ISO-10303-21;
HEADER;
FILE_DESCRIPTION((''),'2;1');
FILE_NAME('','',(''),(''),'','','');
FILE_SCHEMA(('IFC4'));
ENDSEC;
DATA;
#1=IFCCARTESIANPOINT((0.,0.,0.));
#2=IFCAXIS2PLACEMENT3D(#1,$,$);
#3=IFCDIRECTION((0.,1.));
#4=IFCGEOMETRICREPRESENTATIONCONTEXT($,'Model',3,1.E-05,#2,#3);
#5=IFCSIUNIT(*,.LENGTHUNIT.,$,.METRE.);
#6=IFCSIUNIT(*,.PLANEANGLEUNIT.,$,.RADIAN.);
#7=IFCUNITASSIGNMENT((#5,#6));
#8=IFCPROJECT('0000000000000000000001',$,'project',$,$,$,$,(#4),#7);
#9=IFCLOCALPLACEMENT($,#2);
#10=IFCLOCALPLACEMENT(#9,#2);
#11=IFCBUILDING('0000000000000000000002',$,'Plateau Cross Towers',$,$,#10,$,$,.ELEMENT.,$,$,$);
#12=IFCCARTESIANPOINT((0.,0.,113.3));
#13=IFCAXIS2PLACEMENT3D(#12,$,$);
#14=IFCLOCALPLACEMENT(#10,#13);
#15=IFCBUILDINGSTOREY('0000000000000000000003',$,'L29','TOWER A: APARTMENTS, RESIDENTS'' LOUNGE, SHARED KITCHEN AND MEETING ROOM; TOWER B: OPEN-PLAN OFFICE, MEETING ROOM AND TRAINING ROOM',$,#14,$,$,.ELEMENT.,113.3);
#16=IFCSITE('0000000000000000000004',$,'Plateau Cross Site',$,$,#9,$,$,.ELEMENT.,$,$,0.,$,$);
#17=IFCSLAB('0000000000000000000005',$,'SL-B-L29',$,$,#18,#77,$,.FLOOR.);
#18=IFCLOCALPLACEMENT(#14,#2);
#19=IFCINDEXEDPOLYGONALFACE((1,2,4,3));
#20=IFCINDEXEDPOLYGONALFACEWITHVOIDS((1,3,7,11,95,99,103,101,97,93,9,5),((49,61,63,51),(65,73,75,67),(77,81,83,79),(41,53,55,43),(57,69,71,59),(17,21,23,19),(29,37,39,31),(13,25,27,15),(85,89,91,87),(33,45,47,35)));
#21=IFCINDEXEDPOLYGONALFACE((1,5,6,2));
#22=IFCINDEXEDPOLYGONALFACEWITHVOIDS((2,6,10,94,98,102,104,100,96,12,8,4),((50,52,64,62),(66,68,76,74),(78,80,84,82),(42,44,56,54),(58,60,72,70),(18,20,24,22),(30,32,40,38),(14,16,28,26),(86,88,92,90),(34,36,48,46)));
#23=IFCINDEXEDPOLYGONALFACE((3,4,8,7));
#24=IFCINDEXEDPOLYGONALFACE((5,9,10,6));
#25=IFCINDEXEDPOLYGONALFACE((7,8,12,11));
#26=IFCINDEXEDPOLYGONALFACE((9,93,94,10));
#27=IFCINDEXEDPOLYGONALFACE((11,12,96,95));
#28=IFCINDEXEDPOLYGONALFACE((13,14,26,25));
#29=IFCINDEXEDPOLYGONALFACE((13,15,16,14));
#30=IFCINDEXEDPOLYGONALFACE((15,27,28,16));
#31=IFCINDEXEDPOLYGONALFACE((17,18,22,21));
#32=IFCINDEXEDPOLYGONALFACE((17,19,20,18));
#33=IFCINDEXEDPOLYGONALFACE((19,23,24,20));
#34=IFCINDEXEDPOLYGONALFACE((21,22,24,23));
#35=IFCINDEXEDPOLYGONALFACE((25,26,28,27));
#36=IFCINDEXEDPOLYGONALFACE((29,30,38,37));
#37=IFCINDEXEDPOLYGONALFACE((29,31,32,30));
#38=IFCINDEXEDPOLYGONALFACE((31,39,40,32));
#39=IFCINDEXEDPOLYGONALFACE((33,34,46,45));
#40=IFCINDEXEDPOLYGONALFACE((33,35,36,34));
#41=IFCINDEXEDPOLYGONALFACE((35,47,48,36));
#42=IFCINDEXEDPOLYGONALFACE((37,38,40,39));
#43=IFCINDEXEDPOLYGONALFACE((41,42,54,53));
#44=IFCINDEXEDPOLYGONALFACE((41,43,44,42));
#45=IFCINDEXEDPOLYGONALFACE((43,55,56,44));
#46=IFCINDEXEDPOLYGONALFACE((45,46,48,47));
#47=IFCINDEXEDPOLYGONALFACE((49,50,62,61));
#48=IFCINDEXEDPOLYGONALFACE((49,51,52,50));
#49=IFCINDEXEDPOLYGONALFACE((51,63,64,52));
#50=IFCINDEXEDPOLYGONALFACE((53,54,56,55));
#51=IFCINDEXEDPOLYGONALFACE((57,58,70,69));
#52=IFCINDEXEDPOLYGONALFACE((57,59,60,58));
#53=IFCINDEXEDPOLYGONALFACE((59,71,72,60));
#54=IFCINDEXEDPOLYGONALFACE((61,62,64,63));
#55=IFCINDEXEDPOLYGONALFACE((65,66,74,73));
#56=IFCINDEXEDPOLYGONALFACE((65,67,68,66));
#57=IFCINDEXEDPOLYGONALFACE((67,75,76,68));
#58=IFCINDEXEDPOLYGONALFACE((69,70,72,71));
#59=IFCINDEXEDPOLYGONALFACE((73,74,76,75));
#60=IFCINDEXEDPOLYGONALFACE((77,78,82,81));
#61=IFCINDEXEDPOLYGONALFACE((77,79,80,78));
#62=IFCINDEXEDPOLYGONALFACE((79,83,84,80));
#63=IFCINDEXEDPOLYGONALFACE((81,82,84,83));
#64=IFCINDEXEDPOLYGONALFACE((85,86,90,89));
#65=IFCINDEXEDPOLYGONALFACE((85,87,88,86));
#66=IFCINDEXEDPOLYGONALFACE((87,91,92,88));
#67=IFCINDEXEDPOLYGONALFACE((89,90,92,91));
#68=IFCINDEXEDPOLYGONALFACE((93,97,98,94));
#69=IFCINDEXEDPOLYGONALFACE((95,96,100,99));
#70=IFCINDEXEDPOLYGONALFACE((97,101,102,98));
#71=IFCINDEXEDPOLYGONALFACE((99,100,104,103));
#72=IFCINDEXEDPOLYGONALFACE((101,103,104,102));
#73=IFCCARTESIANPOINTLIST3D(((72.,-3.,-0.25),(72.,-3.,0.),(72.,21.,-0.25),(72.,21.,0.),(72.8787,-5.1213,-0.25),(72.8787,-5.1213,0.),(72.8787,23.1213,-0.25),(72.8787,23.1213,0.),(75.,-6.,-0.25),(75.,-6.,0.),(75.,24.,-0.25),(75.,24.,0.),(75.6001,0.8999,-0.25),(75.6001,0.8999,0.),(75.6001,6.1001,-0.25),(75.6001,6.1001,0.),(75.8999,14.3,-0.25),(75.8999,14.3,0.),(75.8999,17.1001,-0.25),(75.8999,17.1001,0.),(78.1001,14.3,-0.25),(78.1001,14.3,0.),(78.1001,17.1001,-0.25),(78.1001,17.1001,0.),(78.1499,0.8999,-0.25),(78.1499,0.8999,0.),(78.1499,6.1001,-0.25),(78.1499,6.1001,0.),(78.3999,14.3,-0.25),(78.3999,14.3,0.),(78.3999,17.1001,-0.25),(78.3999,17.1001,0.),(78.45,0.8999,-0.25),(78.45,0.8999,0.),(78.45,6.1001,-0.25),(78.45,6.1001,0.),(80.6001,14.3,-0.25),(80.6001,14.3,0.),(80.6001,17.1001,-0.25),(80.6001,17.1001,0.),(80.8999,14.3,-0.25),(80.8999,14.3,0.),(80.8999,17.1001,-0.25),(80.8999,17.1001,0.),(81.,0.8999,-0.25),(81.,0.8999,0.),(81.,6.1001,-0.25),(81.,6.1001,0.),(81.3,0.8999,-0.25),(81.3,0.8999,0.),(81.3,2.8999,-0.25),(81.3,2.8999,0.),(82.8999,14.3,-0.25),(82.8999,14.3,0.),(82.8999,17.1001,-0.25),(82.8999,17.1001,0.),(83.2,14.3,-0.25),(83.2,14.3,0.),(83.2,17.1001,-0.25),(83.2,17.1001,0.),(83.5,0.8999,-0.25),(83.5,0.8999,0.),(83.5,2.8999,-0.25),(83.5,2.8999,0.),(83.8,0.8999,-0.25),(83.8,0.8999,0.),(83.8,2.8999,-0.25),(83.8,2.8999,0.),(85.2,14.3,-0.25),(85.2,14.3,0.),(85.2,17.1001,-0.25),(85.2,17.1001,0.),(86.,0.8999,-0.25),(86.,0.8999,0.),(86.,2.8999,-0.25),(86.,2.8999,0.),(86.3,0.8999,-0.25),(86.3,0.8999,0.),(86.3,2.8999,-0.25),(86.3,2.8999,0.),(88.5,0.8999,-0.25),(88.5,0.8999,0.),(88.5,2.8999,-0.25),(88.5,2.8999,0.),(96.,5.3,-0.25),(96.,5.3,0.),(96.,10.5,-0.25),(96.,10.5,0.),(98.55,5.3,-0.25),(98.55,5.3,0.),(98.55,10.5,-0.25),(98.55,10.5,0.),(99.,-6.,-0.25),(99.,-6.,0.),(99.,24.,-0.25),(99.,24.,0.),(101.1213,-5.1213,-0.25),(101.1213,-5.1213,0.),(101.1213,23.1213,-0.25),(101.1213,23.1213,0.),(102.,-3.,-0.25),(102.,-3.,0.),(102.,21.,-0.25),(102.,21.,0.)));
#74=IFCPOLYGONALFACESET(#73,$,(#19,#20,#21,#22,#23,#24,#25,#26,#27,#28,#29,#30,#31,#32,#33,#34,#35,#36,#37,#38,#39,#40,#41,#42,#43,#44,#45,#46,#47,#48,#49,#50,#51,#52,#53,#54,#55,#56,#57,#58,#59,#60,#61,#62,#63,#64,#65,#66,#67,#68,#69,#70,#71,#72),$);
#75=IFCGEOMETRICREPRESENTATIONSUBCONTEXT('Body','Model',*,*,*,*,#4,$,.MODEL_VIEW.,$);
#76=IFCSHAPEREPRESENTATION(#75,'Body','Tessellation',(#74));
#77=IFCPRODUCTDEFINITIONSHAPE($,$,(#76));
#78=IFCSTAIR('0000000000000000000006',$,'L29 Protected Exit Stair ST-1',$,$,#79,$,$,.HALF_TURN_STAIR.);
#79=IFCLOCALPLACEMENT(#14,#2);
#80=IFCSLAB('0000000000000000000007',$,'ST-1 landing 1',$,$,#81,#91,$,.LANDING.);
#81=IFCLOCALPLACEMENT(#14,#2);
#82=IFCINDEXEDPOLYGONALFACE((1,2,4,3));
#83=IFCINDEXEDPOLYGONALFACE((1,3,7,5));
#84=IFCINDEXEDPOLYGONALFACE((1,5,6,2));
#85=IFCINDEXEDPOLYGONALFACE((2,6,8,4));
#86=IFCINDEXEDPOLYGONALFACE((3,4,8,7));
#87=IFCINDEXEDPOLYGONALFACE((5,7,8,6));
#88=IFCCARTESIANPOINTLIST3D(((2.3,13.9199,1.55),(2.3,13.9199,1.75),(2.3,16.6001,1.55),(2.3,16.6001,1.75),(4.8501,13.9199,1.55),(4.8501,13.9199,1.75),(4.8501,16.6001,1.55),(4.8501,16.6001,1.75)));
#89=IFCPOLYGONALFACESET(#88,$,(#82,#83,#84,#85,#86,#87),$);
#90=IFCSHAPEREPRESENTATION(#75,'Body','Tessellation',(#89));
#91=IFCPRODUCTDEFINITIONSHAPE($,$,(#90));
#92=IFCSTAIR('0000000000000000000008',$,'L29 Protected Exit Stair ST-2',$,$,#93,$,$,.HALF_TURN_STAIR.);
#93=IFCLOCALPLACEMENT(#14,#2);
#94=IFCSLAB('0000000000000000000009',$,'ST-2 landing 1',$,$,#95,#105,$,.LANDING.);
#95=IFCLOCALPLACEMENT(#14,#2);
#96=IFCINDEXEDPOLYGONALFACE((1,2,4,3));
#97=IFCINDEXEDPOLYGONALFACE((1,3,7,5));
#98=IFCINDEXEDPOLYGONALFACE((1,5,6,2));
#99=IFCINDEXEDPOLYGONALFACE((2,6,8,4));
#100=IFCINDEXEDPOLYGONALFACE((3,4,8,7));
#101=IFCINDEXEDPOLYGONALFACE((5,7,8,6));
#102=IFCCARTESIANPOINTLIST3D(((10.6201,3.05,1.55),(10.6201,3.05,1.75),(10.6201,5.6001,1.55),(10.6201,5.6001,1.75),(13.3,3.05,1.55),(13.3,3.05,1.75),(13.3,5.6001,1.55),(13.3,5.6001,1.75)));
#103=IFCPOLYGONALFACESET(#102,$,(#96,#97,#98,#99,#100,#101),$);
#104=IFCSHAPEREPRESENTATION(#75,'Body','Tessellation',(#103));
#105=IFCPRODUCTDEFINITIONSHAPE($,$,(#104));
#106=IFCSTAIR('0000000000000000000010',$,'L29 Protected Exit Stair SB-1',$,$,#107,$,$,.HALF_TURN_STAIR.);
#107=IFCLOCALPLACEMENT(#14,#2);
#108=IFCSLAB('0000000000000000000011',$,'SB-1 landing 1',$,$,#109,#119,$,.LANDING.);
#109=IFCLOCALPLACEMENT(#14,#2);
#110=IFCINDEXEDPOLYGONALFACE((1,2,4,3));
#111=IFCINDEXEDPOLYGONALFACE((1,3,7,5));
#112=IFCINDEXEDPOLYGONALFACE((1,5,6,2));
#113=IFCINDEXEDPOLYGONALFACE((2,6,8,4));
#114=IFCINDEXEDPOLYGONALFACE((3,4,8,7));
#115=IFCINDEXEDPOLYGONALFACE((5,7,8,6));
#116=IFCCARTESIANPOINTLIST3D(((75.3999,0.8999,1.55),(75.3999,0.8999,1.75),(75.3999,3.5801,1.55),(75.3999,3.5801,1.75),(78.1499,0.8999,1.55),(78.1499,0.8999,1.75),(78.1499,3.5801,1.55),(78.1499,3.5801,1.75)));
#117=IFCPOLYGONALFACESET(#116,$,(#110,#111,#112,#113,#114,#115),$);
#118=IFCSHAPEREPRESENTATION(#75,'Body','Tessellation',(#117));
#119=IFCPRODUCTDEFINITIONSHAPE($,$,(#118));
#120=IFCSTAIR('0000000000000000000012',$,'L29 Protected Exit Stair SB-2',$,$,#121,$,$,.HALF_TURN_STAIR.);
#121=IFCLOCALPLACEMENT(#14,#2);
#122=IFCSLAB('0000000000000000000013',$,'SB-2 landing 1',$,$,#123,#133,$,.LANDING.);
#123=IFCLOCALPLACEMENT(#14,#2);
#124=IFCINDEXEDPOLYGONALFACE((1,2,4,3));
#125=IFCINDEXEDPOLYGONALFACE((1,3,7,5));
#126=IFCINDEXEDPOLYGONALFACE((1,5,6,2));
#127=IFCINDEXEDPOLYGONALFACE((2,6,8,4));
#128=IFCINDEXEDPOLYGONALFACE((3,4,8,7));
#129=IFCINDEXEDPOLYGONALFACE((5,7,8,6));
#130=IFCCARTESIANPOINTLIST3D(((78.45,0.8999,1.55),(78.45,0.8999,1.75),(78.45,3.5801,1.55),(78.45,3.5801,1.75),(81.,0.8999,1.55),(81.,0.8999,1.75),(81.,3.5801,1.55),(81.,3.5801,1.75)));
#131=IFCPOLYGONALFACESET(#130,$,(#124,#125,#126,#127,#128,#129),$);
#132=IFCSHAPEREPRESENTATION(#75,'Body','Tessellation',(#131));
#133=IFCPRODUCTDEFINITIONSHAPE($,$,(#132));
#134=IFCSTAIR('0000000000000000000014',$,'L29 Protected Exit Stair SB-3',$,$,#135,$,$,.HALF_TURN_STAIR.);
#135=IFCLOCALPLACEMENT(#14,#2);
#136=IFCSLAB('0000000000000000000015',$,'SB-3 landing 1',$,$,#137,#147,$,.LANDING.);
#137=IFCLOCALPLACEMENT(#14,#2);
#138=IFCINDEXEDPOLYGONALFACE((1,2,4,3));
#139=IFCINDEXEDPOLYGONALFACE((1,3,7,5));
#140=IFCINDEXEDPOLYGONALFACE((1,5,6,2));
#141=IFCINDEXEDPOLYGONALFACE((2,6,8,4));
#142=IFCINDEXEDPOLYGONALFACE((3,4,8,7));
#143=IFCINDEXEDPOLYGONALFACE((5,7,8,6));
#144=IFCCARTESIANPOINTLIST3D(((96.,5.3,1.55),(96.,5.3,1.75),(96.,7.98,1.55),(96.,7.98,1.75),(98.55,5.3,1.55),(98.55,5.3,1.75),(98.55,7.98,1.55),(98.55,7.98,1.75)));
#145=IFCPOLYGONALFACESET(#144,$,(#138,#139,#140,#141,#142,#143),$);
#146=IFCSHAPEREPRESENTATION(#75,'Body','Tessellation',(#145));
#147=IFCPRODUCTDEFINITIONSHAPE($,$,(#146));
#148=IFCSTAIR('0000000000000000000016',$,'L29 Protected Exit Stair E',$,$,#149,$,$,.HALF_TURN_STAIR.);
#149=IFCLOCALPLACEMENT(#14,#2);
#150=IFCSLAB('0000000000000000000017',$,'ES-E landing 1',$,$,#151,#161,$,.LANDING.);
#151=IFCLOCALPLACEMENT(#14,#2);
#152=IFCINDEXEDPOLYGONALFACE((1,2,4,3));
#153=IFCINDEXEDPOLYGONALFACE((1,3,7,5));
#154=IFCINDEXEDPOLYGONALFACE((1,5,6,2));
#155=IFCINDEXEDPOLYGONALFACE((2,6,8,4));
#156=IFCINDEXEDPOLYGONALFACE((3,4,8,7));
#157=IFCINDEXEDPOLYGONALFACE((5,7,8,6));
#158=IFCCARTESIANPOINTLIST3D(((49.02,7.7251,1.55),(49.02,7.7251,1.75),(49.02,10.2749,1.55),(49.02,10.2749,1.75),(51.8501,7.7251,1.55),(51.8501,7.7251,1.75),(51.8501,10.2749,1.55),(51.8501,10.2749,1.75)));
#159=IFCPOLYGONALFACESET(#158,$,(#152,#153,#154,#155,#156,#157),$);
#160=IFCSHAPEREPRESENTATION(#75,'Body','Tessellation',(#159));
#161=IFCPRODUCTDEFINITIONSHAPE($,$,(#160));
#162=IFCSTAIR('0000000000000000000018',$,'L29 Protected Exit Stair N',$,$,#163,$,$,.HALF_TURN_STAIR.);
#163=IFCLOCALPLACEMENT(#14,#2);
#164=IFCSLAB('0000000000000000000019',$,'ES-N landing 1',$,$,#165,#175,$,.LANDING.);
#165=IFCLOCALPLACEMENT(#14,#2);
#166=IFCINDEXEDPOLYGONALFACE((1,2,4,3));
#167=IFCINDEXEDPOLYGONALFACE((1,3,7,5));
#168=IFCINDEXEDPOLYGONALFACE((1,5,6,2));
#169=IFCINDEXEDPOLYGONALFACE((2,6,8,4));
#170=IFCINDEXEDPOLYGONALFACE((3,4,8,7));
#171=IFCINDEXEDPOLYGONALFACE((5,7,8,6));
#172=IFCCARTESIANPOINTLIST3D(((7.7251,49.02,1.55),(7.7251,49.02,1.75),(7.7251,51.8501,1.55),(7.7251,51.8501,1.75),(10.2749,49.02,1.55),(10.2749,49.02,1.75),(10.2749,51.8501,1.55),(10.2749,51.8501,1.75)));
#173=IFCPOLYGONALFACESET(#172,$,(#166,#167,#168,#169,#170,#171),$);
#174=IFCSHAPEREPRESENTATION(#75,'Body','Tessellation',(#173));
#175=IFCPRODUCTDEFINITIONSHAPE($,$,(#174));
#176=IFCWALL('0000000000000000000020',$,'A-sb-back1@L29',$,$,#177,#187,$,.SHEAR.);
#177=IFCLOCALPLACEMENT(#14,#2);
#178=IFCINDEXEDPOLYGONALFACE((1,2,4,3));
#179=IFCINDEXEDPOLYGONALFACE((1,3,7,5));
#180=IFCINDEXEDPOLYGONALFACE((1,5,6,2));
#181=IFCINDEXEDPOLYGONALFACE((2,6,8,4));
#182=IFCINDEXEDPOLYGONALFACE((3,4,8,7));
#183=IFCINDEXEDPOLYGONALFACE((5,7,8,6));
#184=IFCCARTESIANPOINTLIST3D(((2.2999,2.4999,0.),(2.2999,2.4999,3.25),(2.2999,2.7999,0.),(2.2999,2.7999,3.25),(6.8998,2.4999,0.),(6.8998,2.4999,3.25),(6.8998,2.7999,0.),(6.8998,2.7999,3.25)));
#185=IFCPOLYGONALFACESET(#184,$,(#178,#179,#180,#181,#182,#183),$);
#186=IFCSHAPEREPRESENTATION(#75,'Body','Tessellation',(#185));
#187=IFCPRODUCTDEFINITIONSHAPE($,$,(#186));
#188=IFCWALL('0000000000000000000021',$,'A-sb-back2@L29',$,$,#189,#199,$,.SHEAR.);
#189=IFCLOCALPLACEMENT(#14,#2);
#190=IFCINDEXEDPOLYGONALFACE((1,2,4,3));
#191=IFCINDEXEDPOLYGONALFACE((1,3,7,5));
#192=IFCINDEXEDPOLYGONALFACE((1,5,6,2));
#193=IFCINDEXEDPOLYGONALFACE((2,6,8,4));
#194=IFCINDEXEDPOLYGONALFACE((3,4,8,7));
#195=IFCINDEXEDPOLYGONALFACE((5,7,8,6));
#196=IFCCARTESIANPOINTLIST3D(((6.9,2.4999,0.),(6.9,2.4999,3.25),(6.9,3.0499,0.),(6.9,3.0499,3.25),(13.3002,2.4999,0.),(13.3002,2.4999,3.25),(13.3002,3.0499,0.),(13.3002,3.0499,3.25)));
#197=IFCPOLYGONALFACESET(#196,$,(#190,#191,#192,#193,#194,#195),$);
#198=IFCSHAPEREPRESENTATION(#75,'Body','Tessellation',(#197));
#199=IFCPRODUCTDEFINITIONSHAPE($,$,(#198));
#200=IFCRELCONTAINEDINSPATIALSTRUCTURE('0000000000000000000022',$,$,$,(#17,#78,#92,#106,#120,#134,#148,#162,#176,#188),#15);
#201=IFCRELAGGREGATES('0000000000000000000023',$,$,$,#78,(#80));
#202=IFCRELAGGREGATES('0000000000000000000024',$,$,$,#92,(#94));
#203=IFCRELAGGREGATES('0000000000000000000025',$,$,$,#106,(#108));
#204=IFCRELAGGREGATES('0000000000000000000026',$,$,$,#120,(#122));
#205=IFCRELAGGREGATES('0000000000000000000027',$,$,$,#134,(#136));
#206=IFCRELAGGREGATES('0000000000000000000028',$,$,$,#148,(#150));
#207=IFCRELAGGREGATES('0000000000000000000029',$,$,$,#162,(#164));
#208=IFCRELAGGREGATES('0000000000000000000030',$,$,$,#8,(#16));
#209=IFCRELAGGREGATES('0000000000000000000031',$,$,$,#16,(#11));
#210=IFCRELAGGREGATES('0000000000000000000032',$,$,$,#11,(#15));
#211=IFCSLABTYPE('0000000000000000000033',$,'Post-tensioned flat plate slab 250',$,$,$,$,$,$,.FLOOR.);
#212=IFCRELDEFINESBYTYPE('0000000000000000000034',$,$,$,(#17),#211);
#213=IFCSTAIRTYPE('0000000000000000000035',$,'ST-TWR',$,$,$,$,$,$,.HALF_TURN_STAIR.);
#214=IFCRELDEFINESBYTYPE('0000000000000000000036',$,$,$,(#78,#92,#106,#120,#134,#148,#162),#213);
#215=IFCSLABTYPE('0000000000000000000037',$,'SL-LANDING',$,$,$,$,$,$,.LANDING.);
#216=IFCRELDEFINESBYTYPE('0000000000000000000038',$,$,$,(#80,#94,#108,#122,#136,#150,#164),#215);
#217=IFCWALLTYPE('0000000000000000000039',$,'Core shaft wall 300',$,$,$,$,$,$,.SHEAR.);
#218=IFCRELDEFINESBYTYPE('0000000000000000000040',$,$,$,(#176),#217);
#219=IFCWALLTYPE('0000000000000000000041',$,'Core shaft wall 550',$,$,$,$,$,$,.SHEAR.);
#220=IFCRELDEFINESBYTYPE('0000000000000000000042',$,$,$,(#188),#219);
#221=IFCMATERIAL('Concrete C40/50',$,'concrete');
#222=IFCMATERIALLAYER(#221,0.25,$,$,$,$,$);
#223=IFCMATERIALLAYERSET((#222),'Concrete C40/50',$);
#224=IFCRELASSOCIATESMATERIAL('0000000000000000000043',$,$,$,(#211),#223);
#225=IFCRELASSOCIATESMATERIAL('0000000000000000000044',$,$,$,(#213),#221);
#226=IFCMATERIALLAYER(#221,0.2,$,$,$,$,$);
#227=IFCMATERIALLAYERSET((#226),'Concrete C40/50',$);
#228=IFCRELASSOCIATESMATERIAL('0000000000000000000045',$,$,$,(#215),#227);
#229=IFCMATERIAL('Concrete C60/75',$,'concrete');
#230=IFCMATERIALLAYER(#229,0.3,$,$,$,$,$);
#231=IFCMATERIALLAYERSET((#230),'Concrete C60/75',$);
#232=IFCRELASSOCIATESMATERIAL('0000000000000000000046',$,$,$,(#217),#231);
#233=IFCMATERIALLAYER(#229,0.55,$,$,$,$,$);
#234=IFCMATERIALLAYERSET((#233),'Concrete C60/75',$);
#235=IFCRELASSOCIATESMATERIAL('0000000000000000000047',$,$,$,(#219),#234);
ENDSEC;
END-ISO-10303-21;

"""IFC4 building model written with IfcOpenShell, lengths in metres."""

from ifc_helpers import new_model, si_unit, direction, frame, frame_2d, origin, place, context, subcontext, project, spatial, polyline, rectangle, outline, extrude, material, layer, layer_set, type_object, element, aggregate, save


model = new_model("IFC4")

# Units and contexts
model_context = context("Model", 3, precision=1e-05, world=origin(), true_north=direction((0.0, 1.0)))
body_context = subcontext(model_context, "Body", "Model", "MODEL_VIEW")
ifc_project = project(units=[si_unit("LENGTHUNIT", "METRE"), si_unit("PLANEANGLEUNIT", "RADIAN")], contexts=[model_context])

# Site, building, storey
site_placement = place(None, origin())
site = spatial("IfcSite", under=ifc_project, at=site_placement, Name="Plateau Cross Site", CompositionType="ELEMENT", RefElevation=0.0)
building_placement = place(site_placement, origin())
building = spatial("IfcBuilding", under=site, at=building_placement, Name="Plateau Cross Towers", CompositionType="ELEMENT")
storey_placement = place(building_placement, frame((0.0, 0.0, 113.3)))
storey = spatial("IfcBuildingStorey", under=building, at=storey_placement, Name="L29", Description="TOWER A: APARTMENTS, RESIDENTS' LOUNGE, SHARED KITCHEN AND MEETING ROOM; TOWER B: OPEN-PLAN OFFICE, MEETING ROOM AND TRAINING ROOM", CompositionType="ELEMENT", Elevation=113.3)

# Shared definitions
ifc_material_1 = material(Name="Concrete C60/75", Category="concrete")

# Shared definitions
ifc_material_2 = material(Name="Concrete C40/50", Category="concrete")

# Slab
ifc_layer_1 = layer(ifc_material_2, 0.25)
ifc_layer_set_1 = layer_set([ifc_layer_1], Name="Concrete C40/50")
slab_type_1 = type_object("IfcSlabType", Name="Post-tensioned flat plate slab 250", PredefinedType="FLOOR", material=ifc_layer_set_1)
slab_1_placement = place(storey_placement, frame((0.0, 0.0, -0.25)))
element("IfcSlab", 1, at=slab_1_placement, inside=storey, type_object=slab_type_1, Name="SL-B-L29", PredefinedType="FLOOR", context=body_context, shape_type="SweptSolid", body=[
    extrude(outline(polyline([(72.8787, -5.1213), (72.0, -3.0), (72.0, 21.0), (72.8787, 23.1213), (75.0, 24.0), (99.0, 24.0), (101.1213, 23.1213), (102.0, 21.0), (102.0, -3.0), (101.1213, -5.1213), (99.0, -6.0), (75.0, -6.0), (72.8787, -5.1213)]), holes=[polyline([(75.6001, 0.8999), (78.1499, 0.8999), (78.1499, 6.1001), (75.6001, 6.1001), (75.6001, 0.8999)]), polyline([(78.1001, 14.3), (78.1001, 17.1001), (75.8999, 17.1001), (75.8999, 14.3), (78.1001, 14.3)]), polyline([(83.5, 0.8999), (83.5, 2.8999), (81.3, 2.8999), (81.3, 0.8999), (83.5, 0.8999)]), polyline([(86.0, 0.8999), (86.0, 2.8999), (83.8, 2.8999), (83.8, 0.8999), (86.0, 0.8999)]), polyline([(88.5, 0.8999), (88.5, 2.8999), (86.3, 2.8999), (86.3, 0.8999), (88.5, 0.8999)]), polyline([(78.45, 0.8999), (81.0, 0.8999), (81.0, 6.1001), (78.45, 6.1001), (78.45, 0.8999)]), polyline([(96.0, 5.3), (98.55, 5.3), (98.55, 10.5), (96.0, 10.5), (96.0, 5.3)]), polyline([(80.6001, 14.3), (80.6001, 17.1001), (78.3999, 17.1001), (78.3999, 14.3), (80.6001, 14.3)]), polyline([(80.8999, 14.3), (82.8999, 14.3), (82.8999, 17.1001), (80.8999, 17.1001), (80.8999, 14.3)]), polyline([(83.2, 14.3), (85.2, 14.3), (85.2, 17.1001), (83.2, 17.1001), (83.2, 14.3)])]), origin(), (0.0, 0.0, 1.0), 0.25),
])

# Stairs, slabs
stair_type = type_object("IfcStairType", Name="ST-TWR", PredefinedType="HALF_TURN_STAIR", material=ifc_material_2)
stair_1_placement = place(storey_placement, origin())
stair_1 = element("IfcStair", 2, at=stair_1_placement, inside=storey, type_object=stair_type, Name="L29 Protected Exit Stair ST-1", PredefinedType="HALF_TURN_STAIR")
ifc_layer_2 = layer(ifc_material_2, 0.2)
ifc_layer_set_2 = layer_set([ifc_layer_2], Name="Concrete C40/50")
slab_type_2 = type_object("IfcSlabType", Name="SL-LANDING", PredefinedType="LANDING", material=ifc_layer_set_2)
slab_2_placement = place(storey_placement, frame((0.0, 0.0, 1.55)))
slab_2 = element("IfcSlab", 3, at=slab_2_placement, type_object=slab_type_2, Name="ST-1 landing 1", PredefinedType="LANDING", context=body_context, shape_type="SweptSolid", body=[
    extrude(outline(polyline([(4.8501, 13.9199), (4.8501, 16.6001), (2.3, 16.6001), (2.3, 13.9199), (4.8501, 13.9199)])), origin(), (0.0, 0.0, 1.0), 0.2),
])
aggregate(stair_1, [slab_2])
stair_2_placement = place(storey_placement, origin())
stair_2 = element("IfcStair", 4, at=stair_2_placement, inside=storey, type_object=stair_type, Name="L29 Protected Exit Stair ST-2", PredefinedType="HALF_TURN_STAIR")
slab_3_placement = place(storey_placement, frame((0.0, 0.0, 1.55)))
slab_3 = element("IfcSlab", 5, at=slab_3_placement, type_object=slab_type_2, Name="ST-2 landing 1", PredefinedType="LANDING", context=body_context, shape_type="SweptSolid", body=[
    extrude(outline(polyline([(10.6201, 3.05), (13.3, 3.05), (13.3, 5.6001), (10.6201, 5.6001), (10.6201, 3.05)])), origin(), (0.0, 0.0, 1.0), 0.2),
])
aggregate(stair_2, [slab_3])
stair_3_placement = place(storey_placement, origin())
stair_3 = element("IfcStair", 6, at=stair_3_placement, inside=storey, type_object=stair_type, Name="L29 Protected Exit Stair SB-1", PredefinedType="HALF_TURN_STAIR")
slab_4_placement = place(storey_placement, frame((0.0, 0.0, 1.55)))
slab_4 = element("IfcSlab", 7, at=slab_4_placement, type_object=slab_type_2, Name="SB-1 landing 1", PredefinedType="LANDING", context=body_context, shape_type="SweptSolid", body=[
    extrude(outline(polyline([(75.3999, 3.5801), (75.3999, 0.8999), (78.1499, 0.8999), (78.1499, 3.5801), (75.3999, 3.5801)])), origin(), (0.0, 0.0, 1.0), 0.2),
])
aggregate(stair_3, [slab_4])
stair_4_placement = place(storey_placement, origin())
stair_4 = element("IfcStair", 8, at=stair_4_placement, inside=storey, type_object=stair_type, Name="L29 Protected Exit Stair SB-2", PredefinedType="HALF_TURN_STAIR")
slab_5_placement = place(storey_placement, frame((0.0, 0.0, 1.55)))
slab_5 = element("IfcSlab", 9, at=slab_5_placement, type_object=slab_type_2, Name="SB-2 landing 1", PredefinedType="LANDING", context=body_context, shape_type="SweptSolid", body=[
    extrude(outline(polyline([(78.45, 3.5801), (78.45, 0.8999), (81.0, 0.8999), (81.0, 3.5801), (78.45, 3.5801)])), origin(), (0.0, 0.0, 1.0), 0.2),
])
aggregate(stair_4, [slab_5])
stair_5_placement = place(storey_placement, origin())
stair_5 = element("IfcStair", 10, at=stair_5_placement, inside=storey, type_object=stair_type, Name="L29 Protected Exit Stair SB-3", PredefinedType="HALF_TURN_STAIR")
slab_6_placement = place(storey_placement, frame((0.0, 0.0, 1.55)))
slab_6 = element("IfcSlab", 11, at=slab_6_placement, type_object=slab_type_2, Name="SB-3 landing 1", PredefinedType="LANDING", context=body_context, shape_type="SweptSolid", body=[
    extrude(outline(polyline([(96.0, 7.98), (96.0, 5.3), (98.55, 5.3), (98.55, 7.98), (96.0, 7.98)])), origin(), (0.0, 0.0, 1.0), 0.2),
])
aggregate(stair_5, [slab_6])
stair_6_placement = place(storey_placement, origin())
stair_6 = element("IfcStair", 12, at=stair_6_placement, inside=storey, type_object=stair_type, Name="L29 Protected Exit Stair E", PredefinedType="HALF_TURN_STAIR")
slab_7_placement = place(storey_placement, frame((0.0, 0.0, 1.55)))
slab_7 = element("IfcSlab", 13, at=slab_7_placement, type_object=slab_type_2, Name="ES-E landing 1", PredefinedType="LANDING", context=body_context, shape_type="SweptSolid", body=[
    extrude(outline(polyline([(49.02, 7.7251), (51.8501, 7.7251), (51.8501, 10.2749), (49.02, 10.2749), (49.02, 7.7251)])), origin(), (0.0, 0.0, 1.0), 0.2),
])
aggregate(stair_6, [slab_7])
stair_7_placement = place(storey_placement, origin())
stair_7 = element("IfcStair", 14, at=stair_7_placement, inside=storey, type_object=stair_type, Name="L29 Protected Exit Stair N", PredefinedType="HALF_TURN_STAIR")
slab_8_placement = place(storey_placement, frame((0.0, 0.0, 1.55)))
slab_8 = element("IfcSlab", 15, at=slab_8_placement, type_object=slab_type_2, Name="ES-N landing 1", PredefinedType="LANDING", context=body_context, shape_type="SweptSolid", body=[
    extrude(outline(polyline([(10.2749, 49.02), (10.2749, 51.8501), (7.7251, 51.8501), (7.7251, 49.02), (10.2749, 49.02)])), origin(), (0.0, 0.0, 1.0), 0.2),
])
aggregate(stair_7, [slab_8])

# Walls
ifc_layer_3 = layer(ifc_material_1, 0.3)
ifc_layer_set_3 = layer_set([ifc_layer_3], Name="Concrete C60/75")
wall_type_1 = type_object("IfcWallType", Name="Core shaft wall 300", PredefinedType="SHEAR", material=ifc_layer_set_3)
wall_1_placement = place(storey_placement, frame((2.3, 2.6499, 0.0), z_axis=(0.0, 0.0, 1.0), x_axis=(1.0, 0.0, 0.0)))
element("IfcWall", 16, at=wall_1_placement, inside=storey, type_object=wall_type_1, Name="A-sb-back1@L29", PredefinedType="SHEAR", context=body_context, shape_type="SweptSolid", body=[
    extrude(rectangle(XDim=4.5999, YDim=0.3, at=frame_2d((2.2998, 0.0))), origin(), (0.0, 0.0, 1.0), 3.25),
])
ifc_layer_4 = layer(ifc_material_1, 0.55)
ifc_layer_set_4 = layer_set([ifc_layer_4], Name="Concrete C60/75")
wall_type_2 = type_object("IfcWallType", Name="Core shaft wall 550", PredefinedType="SHEAR", material=ifc_layer_set_4)
wall_2_placement = place(storey_placement, frame((6.8999, 2.7749, 0.0), z_axis=(0.0, 0.0, 1.0), x_axis=(1.0, 0.0, 0.0)))
element("IfcWall", 17, at=wall_2_placement, inside=storey, type_object=wall_type_2, Name="A-sb-back2@L29", PredefinedType="SHEAR", context=body_context, shape_type="SweptSolid", body=[
    extrude(rectangle(XDim=6.4001, YDim=0.55, at=frame_2d((3.2002, 0.0))), origin(), (0.0, 0.0, 1.0), 3.25),
])

save(model, "model.ifc")
